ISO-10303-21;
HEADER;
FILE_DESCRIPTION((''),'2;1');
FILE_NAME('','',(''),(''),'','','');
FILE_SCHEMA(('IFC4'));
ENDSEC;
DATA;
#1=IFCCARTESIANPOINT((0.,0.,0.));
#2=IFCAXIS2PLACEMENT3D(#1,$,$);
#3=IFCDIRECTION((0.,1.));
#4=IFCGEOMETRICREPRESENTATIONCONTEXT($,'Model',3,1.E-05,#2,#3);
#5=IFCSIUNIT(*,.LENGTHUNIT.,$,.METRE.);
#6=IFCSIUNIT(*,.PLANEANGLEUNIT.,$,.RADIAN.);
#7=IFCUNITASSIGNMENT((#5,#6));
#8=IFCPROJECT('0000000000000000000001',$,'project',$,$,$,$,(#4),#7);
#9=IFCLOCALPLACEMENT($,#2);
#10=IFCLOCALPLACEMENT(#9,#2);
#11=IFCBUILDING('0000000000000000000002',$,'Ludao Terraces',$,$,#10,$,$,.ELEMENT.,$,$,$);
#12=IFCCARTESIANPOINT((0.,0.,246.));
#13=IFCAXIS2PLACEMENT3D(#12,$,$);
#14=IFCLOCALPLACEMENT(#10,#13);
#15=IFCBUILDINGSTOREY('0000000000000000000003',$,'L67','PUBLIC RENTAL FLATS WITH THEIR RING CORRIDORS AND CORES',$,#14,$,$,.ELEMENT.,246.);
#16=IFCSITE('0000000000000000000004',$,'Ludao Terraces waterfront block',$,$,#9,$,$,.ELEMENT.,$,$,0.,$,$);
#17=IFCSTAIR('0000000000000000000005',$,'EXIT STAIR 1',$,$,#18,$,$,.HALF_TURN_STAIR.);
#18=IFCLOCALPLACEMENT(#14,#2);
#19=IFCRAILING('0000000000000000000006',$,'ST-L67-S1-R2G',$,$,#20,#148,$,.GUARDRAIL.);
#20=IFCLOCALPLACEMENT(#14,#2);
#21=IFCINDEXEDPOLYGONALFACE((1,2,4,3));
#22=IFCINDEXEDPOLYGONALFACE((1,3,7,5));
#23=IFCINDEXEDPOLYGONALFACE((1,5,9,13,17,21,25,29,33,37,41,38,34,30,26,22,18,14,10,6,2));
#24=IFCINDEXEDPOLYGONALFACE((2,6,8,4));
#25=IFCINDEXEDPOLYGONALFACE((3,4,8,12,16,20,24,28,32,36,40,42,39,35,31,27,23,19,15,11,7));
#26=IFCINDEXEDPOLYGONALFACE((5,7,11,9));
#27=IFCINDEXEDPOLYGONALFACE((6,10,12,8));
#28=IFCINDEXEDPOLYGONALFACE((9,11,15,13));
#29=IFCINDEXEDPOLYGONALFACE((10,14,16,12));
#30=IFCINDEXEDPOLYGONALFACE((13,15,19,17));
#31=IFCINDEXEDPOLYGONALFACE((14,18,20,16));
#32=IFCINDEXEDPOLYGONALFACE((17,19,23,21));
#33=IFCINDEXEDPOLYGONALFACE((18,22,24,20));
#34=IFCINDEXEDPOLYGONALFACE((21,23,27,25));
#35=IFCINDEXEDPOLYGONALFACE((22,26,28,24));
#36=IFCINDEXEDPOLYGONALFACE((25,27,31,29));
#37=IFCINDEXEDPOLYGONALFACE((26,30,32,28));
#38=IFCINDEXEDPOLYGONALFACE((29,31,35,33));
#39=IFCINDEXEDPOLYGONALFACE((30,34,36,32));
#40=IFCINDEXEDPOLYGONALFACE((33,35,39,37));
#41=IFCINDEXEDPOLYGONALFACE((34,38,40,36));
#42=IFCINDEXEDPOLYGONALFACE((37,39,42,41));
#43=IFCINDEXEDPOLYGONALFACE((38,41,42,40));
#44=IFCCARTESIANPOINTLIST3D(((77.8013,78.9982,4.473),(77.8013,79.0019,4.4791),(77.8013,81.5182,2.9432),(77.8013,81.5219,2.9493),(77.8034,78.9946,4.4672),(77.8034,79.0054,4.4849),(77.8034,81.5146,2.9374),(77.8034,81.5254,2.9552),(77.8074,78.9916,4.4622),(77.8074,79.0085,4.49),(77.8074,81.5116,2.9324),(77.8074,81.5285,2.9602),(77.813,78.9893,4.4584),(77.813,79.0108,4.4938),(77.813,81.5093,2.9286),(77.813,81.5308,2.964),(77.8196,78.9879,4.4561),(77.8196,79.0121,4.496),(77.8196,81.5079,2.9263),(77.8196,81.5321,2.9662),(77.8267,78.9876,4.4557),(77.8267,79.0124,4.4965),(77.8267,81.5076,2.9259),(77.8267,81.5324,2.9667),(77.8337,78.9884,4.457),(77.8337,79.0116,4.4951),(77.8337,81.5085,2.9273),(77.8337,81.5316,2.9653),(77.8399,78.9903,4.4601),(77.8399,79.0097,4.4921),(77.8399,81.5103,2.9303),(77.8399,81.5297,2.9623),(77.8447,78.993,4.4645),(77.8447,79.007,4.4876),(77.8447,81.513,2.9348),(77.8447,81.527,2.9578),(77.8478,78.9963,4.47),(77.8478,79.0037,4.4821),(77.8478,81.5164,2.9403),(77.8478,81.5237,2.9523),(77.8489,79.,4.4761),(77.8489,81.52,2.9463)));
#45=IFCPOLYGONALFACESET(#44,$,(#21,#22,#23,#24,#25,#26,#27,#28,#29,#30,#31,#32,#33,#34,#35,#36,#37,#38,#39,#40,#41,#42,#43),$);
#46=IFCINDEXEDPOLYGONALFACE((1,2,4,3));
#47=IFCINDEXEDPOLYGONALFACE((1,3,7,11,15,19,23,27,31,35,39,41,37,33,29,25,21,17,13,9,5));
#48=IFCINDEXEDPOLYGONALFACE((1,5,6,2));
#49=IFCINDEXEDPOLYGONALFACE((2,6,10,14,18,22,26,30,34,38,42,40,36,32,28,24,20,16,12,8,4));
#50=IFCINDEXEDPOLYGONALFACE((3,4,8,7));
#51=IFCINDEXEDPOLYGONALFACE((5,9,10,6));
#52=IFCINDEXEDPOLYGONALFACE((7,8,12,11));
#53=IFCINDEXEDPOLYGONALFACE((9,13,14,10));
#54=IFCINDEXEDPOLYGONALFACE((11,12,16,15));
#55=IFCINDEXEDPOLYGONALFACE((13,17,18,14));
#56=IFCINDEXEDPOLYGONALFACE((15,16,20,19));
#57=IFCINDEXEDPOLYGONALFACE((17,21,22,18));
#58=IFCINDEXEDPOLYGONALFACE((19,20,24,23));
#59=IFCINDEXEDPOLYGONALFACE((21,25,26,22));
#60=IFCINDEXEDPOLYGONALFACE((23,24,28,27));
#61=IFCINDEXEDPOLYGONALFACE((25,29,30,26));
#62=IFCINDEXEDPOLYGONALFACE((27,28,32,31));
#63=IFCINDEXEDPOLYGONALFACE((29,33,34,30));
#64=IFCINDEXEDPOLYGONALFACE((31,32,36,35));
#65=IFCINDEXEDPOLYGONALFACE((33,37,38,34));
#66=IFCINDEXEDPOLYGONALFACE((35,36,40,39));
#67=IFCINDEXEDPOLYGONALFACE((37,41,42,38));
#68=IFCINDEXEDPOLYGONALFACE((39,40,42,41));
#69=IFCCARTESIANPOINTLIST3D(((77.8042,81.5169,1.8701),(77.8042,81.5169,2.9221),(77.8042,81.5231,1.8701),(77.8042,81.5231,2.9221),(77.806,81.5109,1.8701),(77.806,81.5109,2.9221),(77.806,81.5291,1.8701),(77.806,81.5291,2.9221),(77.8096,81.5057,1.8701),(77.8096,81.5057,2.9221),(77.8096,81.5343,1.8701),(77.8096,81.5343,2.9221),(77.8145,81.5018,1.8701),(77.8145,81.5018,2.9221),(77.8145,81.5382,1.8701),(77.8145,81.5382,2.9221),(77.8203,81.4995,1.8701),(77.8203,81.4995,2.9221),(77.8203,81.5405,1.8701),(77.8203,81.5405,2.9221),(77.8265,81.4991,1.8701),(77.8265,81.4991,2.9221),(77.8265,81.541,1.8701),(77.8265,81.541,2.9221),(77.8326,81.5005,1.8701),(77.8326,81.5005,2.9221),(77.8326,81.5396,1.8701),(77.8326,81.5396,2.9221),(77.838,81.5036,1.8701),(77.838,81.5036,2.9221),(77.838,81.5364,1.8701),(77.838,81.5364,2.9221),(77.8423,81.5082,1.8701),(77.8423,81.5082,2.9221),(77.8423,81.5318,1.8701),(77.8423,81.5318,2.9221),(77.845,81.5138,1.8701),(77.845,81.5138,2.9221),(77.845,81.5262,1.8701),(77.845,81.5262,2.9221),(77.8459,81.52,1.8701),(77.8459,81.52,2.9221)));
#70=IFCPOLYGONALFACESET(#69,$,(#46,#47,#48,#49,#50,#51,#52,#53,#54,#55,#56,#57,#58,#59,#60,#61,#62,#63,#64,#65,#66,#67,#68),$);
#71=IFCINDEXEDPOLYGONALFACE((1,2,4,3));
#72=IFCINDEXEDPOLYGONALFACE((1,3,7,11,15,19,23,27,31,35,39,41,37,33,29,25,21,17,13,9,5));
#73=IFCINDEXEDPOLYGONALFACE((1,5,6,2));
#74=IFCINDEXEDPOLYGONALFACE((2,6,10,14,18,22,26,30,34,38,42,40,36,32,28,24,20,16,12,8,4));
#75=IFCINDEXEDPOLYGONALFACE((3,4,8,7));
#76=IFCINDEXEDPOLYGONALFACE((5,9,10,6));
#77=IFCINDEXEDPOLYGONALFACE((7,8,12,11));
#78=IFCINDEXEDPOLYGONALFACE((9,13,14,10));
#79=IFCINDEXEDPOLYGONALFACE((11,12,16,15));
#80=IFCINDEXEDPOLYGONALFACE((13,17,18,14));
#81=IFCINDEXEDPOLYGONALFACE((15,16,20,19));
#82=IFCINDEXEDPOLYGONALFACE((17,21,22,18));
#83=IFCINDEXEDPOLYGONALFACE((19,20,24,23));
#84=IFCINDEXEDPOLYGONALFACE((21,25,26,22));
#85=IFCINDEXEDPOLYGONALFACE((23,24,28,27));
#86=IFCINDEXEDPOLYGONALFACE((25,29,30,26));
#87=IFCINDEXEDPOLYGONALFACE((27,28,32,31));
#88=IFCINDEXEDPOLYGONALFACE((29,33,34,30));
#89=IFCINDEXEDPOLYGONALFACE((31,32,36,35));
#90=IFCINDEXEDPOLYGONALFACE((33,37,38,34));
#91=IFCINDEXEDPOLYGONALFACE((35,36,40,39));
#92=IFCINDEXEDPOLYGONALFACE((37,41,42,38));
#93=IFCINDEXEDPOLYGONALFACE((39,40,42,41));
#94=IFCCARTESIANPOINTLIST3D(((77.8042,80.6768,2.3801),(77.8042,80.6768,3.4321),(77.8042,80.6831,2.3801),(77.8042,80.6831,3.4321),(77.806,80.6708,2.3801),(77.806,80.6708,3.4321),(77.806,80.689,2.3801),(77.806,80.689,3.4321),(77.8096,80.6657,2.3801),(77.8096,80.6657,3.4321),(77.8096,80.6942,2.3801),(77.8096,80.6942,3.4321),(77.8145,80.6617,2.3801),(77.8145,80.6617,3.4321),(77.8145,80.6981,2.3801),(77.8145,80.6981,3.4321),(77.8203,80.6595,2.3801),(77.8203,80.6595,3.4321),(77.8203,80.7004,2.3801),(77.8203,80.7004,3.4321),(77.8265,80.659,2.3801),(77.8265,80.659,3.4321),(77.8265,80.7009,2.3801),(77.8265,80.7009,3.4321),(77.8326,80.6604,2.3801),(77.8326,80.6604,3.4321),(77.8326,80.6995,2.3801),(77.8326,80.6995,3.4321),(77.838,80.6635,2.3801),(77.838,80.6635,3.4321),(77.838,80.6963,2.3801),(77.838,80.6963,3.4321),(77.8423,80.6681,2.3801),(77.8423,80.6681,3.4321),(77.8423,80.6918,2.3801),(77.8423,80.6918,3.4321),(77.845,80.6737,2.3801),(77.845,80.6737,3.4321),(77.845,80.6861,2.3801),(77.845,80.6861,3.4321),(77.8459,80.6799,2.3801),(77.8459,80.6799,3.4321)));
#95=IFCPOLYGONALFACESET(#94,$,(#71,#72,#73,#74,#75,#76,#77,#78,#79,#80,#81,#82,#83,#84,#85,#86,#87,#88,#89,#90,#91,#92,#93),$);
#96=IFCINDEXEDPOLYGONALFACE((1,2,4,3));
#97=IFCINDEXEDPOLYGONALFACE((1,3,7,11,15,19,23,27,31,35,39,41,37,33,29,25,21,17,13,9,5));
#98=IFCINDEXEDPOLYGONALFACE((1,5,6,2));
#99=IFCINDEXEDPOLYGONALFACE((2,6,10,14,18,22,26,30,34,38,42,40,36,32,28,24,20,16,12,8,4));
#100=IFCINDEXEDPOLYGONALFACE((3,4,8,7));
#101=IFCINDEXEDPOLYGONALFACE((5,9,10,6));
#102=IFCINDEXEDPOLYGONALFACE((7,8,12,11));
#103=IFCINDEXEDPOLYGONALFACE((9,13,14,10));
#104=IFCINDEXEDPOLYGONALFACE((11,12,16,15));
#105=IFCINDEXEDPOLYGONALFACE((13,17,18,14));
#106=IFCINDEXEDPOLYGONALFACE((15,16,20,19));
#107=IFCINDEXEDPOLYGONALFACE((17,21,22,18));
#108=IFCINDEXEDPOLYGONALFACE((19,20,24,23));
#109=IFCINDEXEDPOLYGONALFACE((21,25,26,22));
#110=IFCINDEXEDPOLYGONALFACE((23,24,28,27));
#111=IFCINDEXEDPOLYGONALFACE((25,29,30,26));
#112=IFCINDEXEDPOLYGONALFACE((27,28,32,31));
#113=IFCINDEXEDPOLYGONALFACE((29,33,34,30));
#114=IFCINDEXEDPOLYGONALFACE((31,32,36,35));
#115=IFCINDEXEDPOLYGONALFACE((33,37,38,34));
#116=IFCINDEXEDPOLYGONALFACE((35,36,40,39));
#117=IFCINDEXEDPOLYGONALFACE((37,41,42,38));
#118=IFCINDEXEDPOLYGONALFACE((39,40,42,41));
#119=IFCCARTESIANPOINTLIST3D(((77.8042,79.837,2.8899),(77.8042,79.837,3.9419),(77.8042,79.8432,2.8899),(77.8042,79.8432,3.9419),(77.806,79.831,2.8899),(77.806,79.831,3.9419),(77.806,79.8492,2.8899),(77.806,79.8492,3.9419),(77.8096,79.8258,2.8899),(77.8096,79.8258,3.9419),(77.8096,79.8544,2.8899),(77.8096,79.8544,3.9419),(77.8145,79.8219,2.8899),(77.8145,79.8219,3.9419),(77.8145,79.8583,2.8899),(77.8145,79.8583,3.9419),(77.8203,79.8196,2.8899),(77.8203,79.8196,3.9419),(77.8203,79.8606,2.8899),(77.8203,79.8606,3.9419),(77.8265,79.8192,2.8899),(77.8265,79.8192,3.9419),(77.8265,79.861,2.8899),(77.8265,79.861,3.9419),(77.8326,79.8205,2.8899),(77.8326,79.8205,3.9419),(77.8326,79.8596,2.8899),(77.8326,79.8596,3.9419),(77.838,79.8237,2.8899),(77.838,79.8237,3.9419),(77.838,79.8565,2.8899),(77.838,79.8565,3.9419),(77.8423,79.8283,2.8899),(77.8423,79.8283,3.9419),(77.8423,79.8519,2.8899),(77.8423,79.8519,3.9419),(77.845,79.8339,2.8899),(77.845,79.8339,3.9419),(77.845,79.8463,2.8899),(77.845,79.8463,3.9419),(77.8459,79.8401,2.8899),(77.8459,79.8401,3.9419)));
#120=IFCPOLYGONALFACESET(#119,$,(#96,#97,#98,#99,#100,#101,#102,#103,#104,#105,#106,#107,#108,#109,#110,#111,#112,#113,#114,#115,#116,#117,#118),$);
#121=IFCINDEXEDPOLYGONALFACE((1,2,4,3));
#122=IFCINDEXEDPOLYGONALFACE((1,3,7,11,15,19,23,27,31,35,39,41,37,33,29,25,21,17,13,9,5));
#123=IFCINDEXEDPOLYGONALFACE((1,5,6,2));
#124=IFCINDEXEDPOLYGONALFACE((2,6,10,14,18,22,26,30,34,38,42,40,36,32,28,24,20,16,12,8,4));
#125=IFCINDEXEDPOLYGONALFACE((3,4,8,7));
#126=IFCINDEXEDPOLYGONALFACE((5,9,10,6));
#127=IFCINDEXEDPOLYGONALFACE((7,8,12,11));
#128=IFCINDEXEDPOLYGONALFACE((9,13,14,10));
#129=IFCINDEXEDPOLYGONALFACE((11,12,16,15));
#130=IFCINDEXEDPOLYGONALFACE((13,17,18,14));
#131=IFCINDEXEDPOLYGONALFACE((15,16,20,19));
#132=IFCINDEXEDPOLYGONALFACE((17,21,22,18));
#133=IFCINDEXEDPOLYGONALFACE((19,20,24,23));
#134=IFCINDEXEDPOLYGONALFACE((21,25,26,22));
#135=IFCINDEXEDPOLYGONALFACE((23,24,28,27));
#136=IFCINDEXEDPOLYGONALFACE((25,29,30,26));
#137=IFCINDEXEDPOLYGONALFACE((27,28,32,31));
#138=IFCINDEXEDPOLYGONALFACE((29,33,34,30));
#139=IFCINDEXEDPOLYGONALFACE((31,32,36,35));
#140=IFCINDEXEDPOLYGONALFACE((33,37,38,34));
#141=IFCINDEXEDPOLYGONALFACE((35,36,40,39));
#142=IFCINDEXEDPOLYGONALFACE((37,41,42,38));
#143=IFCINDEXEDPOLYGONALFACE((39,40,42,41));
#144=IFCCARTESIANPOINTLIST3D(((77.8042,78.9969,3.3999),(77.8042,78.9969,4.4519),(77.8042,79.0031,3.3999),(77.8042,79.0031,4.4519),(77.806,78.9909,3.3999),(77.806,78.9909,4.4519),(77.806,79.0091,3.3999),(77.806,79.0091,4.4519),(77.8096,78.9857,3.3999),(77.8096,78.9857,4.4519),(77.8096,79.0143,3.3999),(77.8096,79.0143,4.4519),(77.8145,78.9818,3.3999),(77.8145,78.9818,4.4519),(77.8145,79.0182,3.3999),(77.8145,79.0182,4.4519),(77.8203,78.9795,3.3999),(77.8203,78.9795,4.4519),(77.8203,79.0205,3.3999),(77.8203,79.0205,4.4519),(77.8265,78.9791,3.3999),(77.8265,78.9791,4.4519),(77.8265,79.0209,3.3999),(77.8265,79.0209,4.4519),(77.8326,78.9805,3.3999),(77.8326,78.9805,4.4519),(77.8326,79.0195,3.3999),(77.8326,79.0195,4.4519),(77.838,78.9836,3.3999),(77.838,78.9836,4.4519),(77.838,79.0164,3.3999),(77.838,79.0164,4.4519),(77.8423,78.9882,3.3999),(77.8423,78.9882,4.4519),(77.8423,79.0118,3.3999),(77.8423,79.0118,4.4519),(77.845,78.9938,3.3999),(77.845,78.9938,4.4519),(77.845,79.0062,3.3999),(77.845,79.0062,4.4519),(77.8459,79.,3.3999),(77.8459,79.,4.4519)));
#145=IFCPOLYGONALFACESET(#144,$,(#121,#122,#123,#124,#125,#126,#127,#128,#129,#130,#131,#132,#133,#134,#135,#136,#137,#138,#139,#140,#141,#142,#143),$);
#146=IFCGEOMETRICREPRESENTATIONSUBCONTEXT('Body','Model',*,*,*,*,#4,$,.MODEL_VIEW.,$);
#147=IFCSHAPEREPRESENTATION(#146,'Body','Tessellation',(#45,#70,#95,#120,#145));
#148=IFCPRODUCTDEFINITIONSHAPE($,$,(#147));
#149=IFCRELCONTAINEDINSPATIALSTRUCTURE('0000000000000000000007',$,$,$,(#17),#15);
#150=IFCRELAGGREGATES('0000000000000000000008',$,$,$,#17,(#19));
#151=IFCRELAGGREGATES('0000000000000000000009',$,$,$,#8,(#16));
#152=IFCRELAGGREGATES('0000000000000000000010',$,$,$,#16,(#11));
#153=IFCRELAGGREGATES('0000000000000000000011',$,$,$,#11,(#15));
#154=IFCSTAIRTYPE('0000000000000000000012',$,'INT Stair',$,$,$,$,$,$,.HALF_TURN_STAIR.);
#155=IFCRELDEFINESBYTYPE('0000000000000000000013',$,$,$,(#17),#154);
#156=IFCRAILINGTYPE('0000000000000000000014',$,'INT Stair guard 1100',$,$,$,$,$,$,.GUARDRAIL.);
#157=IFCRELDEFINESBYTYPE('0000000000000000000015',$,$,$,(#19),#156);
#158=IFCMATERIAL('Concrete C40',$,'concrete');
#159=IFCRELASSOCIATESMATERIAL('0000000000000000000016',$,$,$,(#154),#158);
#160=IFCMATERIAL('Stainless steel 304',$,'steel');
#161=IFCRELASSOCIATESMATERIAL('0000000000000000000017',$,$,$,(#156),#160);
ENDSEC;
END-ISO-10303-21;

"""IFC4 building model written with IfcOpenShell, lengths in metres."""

from ifc_helpers import new_model, si_unit, direction, frame, origin, origin_2d, place, context, subcontext, project, spatial, circle, extrude, material, type_object, element, aggregate, save


model = new_model("IFC4")

# Units and contexts
model_context = context("Model", 3, precision=1e-05, world=origin(), true_north=direction((0.0, 1.0)))
body_context = subcontext(model_context, "Body", "Model", "MODEL_VIEW")
ifc_project = project(units=[si_unit("LENGTHUNIT", "METRE"), si_unit("PLANEANGLEUNIT", "RADIAN")], contexts=[model_context])

# Site, building, storey
site_placement = place(None, origin())
site = spatial("IfcSite", under=ifc_project, at=site_placement, Name="Ludao Terraces waterfront block", CompositionType="ELEMENT", RefElevation=0.0)
building_placement = place(site_placement, origin())
building = spatial("IfcBuilding", under=site, at=building_placement, Name="Ludao Terraces", CompositionType="ELEMENT")
storey_placement = place(building_placement, frame((0.0, 0.0, 246.0)))
storey = spatial("IfcBuildingStorey", under=building, at=storey_placement, Name="L67", Description="PUBLIC RENTAL FLATS WITH THEIR RING CORRIDORS AND CORES", CompositionType="ELEMENT", Elevation=246.0)

# Shared definitions
ifc_material_1 = material(Name="Stainless steel 304", Category="steel")

# Stair, railing
ifc_material_2 = material(Name="Concrete C40", Category="concrete")
stair_type = type_object("IfcStairType", Name="INT Stair", PredefinedType="HALF_TURN_STAIR", material=ifc_material_2)
stair_placement = place(storey_placement, origin())
stair = element("IfcStair", 1, at=stair_placement, inside=storey, type_object=stair_type, Name="EXIT STAIR 1", PredefinedType="HALF_TURN_STAIR")
railing_type_1 = type_object("IfcRailingType", Name="INT Stair guard 1100", PredefinedType="GUARDRAIL", material=ifc_material_1)
railing_1_placement = place(storey_placement, frame((77.825, 81.52, 1.8701)))
railing_1 = element("IfcRailing", 2, at=railing_1_placement, type_object=railing_type_1, Name="ST-L67-S1-R2G", PredefinedType="GUARDRAIL", context=body_context, shape_type="SweptSolid", body=[
    extrude(circle(Radius=0.0239, at=origin_2d()), frame((0.0, 0.0, 1.0762), z_axis=(0.0, -0.854822, 0.518922), x_axis=(1.0, 0.0, 0.0)), (0.0, 0.0, 1.0), 2.948),
    extrude(circle(Radius=0.021, at=origin_2d()), origin(), (0.0, 0.0, 1.0), 1.052),
    extrude(circle(Radius=0.021, at=origin_2d()), frame((0.0, -0.8401, 0.51)), (0.0, 0.0, 1.0), 1.052),
    extrude(circle(Radius=0.021, at=origin_2d()), frame((0.0, -1.6799, 1.0198)), (0.0, 0.0, 1.0), 1.052),
    extrude(circle(Radius=0.021, at=origin_2d()), frame((0.0, -2.52, 1.5298)), (0.0, 0.0, 1.0), 1.052),
])
aggregate(stair, [railing_1])

save(model, "model.ifc")
